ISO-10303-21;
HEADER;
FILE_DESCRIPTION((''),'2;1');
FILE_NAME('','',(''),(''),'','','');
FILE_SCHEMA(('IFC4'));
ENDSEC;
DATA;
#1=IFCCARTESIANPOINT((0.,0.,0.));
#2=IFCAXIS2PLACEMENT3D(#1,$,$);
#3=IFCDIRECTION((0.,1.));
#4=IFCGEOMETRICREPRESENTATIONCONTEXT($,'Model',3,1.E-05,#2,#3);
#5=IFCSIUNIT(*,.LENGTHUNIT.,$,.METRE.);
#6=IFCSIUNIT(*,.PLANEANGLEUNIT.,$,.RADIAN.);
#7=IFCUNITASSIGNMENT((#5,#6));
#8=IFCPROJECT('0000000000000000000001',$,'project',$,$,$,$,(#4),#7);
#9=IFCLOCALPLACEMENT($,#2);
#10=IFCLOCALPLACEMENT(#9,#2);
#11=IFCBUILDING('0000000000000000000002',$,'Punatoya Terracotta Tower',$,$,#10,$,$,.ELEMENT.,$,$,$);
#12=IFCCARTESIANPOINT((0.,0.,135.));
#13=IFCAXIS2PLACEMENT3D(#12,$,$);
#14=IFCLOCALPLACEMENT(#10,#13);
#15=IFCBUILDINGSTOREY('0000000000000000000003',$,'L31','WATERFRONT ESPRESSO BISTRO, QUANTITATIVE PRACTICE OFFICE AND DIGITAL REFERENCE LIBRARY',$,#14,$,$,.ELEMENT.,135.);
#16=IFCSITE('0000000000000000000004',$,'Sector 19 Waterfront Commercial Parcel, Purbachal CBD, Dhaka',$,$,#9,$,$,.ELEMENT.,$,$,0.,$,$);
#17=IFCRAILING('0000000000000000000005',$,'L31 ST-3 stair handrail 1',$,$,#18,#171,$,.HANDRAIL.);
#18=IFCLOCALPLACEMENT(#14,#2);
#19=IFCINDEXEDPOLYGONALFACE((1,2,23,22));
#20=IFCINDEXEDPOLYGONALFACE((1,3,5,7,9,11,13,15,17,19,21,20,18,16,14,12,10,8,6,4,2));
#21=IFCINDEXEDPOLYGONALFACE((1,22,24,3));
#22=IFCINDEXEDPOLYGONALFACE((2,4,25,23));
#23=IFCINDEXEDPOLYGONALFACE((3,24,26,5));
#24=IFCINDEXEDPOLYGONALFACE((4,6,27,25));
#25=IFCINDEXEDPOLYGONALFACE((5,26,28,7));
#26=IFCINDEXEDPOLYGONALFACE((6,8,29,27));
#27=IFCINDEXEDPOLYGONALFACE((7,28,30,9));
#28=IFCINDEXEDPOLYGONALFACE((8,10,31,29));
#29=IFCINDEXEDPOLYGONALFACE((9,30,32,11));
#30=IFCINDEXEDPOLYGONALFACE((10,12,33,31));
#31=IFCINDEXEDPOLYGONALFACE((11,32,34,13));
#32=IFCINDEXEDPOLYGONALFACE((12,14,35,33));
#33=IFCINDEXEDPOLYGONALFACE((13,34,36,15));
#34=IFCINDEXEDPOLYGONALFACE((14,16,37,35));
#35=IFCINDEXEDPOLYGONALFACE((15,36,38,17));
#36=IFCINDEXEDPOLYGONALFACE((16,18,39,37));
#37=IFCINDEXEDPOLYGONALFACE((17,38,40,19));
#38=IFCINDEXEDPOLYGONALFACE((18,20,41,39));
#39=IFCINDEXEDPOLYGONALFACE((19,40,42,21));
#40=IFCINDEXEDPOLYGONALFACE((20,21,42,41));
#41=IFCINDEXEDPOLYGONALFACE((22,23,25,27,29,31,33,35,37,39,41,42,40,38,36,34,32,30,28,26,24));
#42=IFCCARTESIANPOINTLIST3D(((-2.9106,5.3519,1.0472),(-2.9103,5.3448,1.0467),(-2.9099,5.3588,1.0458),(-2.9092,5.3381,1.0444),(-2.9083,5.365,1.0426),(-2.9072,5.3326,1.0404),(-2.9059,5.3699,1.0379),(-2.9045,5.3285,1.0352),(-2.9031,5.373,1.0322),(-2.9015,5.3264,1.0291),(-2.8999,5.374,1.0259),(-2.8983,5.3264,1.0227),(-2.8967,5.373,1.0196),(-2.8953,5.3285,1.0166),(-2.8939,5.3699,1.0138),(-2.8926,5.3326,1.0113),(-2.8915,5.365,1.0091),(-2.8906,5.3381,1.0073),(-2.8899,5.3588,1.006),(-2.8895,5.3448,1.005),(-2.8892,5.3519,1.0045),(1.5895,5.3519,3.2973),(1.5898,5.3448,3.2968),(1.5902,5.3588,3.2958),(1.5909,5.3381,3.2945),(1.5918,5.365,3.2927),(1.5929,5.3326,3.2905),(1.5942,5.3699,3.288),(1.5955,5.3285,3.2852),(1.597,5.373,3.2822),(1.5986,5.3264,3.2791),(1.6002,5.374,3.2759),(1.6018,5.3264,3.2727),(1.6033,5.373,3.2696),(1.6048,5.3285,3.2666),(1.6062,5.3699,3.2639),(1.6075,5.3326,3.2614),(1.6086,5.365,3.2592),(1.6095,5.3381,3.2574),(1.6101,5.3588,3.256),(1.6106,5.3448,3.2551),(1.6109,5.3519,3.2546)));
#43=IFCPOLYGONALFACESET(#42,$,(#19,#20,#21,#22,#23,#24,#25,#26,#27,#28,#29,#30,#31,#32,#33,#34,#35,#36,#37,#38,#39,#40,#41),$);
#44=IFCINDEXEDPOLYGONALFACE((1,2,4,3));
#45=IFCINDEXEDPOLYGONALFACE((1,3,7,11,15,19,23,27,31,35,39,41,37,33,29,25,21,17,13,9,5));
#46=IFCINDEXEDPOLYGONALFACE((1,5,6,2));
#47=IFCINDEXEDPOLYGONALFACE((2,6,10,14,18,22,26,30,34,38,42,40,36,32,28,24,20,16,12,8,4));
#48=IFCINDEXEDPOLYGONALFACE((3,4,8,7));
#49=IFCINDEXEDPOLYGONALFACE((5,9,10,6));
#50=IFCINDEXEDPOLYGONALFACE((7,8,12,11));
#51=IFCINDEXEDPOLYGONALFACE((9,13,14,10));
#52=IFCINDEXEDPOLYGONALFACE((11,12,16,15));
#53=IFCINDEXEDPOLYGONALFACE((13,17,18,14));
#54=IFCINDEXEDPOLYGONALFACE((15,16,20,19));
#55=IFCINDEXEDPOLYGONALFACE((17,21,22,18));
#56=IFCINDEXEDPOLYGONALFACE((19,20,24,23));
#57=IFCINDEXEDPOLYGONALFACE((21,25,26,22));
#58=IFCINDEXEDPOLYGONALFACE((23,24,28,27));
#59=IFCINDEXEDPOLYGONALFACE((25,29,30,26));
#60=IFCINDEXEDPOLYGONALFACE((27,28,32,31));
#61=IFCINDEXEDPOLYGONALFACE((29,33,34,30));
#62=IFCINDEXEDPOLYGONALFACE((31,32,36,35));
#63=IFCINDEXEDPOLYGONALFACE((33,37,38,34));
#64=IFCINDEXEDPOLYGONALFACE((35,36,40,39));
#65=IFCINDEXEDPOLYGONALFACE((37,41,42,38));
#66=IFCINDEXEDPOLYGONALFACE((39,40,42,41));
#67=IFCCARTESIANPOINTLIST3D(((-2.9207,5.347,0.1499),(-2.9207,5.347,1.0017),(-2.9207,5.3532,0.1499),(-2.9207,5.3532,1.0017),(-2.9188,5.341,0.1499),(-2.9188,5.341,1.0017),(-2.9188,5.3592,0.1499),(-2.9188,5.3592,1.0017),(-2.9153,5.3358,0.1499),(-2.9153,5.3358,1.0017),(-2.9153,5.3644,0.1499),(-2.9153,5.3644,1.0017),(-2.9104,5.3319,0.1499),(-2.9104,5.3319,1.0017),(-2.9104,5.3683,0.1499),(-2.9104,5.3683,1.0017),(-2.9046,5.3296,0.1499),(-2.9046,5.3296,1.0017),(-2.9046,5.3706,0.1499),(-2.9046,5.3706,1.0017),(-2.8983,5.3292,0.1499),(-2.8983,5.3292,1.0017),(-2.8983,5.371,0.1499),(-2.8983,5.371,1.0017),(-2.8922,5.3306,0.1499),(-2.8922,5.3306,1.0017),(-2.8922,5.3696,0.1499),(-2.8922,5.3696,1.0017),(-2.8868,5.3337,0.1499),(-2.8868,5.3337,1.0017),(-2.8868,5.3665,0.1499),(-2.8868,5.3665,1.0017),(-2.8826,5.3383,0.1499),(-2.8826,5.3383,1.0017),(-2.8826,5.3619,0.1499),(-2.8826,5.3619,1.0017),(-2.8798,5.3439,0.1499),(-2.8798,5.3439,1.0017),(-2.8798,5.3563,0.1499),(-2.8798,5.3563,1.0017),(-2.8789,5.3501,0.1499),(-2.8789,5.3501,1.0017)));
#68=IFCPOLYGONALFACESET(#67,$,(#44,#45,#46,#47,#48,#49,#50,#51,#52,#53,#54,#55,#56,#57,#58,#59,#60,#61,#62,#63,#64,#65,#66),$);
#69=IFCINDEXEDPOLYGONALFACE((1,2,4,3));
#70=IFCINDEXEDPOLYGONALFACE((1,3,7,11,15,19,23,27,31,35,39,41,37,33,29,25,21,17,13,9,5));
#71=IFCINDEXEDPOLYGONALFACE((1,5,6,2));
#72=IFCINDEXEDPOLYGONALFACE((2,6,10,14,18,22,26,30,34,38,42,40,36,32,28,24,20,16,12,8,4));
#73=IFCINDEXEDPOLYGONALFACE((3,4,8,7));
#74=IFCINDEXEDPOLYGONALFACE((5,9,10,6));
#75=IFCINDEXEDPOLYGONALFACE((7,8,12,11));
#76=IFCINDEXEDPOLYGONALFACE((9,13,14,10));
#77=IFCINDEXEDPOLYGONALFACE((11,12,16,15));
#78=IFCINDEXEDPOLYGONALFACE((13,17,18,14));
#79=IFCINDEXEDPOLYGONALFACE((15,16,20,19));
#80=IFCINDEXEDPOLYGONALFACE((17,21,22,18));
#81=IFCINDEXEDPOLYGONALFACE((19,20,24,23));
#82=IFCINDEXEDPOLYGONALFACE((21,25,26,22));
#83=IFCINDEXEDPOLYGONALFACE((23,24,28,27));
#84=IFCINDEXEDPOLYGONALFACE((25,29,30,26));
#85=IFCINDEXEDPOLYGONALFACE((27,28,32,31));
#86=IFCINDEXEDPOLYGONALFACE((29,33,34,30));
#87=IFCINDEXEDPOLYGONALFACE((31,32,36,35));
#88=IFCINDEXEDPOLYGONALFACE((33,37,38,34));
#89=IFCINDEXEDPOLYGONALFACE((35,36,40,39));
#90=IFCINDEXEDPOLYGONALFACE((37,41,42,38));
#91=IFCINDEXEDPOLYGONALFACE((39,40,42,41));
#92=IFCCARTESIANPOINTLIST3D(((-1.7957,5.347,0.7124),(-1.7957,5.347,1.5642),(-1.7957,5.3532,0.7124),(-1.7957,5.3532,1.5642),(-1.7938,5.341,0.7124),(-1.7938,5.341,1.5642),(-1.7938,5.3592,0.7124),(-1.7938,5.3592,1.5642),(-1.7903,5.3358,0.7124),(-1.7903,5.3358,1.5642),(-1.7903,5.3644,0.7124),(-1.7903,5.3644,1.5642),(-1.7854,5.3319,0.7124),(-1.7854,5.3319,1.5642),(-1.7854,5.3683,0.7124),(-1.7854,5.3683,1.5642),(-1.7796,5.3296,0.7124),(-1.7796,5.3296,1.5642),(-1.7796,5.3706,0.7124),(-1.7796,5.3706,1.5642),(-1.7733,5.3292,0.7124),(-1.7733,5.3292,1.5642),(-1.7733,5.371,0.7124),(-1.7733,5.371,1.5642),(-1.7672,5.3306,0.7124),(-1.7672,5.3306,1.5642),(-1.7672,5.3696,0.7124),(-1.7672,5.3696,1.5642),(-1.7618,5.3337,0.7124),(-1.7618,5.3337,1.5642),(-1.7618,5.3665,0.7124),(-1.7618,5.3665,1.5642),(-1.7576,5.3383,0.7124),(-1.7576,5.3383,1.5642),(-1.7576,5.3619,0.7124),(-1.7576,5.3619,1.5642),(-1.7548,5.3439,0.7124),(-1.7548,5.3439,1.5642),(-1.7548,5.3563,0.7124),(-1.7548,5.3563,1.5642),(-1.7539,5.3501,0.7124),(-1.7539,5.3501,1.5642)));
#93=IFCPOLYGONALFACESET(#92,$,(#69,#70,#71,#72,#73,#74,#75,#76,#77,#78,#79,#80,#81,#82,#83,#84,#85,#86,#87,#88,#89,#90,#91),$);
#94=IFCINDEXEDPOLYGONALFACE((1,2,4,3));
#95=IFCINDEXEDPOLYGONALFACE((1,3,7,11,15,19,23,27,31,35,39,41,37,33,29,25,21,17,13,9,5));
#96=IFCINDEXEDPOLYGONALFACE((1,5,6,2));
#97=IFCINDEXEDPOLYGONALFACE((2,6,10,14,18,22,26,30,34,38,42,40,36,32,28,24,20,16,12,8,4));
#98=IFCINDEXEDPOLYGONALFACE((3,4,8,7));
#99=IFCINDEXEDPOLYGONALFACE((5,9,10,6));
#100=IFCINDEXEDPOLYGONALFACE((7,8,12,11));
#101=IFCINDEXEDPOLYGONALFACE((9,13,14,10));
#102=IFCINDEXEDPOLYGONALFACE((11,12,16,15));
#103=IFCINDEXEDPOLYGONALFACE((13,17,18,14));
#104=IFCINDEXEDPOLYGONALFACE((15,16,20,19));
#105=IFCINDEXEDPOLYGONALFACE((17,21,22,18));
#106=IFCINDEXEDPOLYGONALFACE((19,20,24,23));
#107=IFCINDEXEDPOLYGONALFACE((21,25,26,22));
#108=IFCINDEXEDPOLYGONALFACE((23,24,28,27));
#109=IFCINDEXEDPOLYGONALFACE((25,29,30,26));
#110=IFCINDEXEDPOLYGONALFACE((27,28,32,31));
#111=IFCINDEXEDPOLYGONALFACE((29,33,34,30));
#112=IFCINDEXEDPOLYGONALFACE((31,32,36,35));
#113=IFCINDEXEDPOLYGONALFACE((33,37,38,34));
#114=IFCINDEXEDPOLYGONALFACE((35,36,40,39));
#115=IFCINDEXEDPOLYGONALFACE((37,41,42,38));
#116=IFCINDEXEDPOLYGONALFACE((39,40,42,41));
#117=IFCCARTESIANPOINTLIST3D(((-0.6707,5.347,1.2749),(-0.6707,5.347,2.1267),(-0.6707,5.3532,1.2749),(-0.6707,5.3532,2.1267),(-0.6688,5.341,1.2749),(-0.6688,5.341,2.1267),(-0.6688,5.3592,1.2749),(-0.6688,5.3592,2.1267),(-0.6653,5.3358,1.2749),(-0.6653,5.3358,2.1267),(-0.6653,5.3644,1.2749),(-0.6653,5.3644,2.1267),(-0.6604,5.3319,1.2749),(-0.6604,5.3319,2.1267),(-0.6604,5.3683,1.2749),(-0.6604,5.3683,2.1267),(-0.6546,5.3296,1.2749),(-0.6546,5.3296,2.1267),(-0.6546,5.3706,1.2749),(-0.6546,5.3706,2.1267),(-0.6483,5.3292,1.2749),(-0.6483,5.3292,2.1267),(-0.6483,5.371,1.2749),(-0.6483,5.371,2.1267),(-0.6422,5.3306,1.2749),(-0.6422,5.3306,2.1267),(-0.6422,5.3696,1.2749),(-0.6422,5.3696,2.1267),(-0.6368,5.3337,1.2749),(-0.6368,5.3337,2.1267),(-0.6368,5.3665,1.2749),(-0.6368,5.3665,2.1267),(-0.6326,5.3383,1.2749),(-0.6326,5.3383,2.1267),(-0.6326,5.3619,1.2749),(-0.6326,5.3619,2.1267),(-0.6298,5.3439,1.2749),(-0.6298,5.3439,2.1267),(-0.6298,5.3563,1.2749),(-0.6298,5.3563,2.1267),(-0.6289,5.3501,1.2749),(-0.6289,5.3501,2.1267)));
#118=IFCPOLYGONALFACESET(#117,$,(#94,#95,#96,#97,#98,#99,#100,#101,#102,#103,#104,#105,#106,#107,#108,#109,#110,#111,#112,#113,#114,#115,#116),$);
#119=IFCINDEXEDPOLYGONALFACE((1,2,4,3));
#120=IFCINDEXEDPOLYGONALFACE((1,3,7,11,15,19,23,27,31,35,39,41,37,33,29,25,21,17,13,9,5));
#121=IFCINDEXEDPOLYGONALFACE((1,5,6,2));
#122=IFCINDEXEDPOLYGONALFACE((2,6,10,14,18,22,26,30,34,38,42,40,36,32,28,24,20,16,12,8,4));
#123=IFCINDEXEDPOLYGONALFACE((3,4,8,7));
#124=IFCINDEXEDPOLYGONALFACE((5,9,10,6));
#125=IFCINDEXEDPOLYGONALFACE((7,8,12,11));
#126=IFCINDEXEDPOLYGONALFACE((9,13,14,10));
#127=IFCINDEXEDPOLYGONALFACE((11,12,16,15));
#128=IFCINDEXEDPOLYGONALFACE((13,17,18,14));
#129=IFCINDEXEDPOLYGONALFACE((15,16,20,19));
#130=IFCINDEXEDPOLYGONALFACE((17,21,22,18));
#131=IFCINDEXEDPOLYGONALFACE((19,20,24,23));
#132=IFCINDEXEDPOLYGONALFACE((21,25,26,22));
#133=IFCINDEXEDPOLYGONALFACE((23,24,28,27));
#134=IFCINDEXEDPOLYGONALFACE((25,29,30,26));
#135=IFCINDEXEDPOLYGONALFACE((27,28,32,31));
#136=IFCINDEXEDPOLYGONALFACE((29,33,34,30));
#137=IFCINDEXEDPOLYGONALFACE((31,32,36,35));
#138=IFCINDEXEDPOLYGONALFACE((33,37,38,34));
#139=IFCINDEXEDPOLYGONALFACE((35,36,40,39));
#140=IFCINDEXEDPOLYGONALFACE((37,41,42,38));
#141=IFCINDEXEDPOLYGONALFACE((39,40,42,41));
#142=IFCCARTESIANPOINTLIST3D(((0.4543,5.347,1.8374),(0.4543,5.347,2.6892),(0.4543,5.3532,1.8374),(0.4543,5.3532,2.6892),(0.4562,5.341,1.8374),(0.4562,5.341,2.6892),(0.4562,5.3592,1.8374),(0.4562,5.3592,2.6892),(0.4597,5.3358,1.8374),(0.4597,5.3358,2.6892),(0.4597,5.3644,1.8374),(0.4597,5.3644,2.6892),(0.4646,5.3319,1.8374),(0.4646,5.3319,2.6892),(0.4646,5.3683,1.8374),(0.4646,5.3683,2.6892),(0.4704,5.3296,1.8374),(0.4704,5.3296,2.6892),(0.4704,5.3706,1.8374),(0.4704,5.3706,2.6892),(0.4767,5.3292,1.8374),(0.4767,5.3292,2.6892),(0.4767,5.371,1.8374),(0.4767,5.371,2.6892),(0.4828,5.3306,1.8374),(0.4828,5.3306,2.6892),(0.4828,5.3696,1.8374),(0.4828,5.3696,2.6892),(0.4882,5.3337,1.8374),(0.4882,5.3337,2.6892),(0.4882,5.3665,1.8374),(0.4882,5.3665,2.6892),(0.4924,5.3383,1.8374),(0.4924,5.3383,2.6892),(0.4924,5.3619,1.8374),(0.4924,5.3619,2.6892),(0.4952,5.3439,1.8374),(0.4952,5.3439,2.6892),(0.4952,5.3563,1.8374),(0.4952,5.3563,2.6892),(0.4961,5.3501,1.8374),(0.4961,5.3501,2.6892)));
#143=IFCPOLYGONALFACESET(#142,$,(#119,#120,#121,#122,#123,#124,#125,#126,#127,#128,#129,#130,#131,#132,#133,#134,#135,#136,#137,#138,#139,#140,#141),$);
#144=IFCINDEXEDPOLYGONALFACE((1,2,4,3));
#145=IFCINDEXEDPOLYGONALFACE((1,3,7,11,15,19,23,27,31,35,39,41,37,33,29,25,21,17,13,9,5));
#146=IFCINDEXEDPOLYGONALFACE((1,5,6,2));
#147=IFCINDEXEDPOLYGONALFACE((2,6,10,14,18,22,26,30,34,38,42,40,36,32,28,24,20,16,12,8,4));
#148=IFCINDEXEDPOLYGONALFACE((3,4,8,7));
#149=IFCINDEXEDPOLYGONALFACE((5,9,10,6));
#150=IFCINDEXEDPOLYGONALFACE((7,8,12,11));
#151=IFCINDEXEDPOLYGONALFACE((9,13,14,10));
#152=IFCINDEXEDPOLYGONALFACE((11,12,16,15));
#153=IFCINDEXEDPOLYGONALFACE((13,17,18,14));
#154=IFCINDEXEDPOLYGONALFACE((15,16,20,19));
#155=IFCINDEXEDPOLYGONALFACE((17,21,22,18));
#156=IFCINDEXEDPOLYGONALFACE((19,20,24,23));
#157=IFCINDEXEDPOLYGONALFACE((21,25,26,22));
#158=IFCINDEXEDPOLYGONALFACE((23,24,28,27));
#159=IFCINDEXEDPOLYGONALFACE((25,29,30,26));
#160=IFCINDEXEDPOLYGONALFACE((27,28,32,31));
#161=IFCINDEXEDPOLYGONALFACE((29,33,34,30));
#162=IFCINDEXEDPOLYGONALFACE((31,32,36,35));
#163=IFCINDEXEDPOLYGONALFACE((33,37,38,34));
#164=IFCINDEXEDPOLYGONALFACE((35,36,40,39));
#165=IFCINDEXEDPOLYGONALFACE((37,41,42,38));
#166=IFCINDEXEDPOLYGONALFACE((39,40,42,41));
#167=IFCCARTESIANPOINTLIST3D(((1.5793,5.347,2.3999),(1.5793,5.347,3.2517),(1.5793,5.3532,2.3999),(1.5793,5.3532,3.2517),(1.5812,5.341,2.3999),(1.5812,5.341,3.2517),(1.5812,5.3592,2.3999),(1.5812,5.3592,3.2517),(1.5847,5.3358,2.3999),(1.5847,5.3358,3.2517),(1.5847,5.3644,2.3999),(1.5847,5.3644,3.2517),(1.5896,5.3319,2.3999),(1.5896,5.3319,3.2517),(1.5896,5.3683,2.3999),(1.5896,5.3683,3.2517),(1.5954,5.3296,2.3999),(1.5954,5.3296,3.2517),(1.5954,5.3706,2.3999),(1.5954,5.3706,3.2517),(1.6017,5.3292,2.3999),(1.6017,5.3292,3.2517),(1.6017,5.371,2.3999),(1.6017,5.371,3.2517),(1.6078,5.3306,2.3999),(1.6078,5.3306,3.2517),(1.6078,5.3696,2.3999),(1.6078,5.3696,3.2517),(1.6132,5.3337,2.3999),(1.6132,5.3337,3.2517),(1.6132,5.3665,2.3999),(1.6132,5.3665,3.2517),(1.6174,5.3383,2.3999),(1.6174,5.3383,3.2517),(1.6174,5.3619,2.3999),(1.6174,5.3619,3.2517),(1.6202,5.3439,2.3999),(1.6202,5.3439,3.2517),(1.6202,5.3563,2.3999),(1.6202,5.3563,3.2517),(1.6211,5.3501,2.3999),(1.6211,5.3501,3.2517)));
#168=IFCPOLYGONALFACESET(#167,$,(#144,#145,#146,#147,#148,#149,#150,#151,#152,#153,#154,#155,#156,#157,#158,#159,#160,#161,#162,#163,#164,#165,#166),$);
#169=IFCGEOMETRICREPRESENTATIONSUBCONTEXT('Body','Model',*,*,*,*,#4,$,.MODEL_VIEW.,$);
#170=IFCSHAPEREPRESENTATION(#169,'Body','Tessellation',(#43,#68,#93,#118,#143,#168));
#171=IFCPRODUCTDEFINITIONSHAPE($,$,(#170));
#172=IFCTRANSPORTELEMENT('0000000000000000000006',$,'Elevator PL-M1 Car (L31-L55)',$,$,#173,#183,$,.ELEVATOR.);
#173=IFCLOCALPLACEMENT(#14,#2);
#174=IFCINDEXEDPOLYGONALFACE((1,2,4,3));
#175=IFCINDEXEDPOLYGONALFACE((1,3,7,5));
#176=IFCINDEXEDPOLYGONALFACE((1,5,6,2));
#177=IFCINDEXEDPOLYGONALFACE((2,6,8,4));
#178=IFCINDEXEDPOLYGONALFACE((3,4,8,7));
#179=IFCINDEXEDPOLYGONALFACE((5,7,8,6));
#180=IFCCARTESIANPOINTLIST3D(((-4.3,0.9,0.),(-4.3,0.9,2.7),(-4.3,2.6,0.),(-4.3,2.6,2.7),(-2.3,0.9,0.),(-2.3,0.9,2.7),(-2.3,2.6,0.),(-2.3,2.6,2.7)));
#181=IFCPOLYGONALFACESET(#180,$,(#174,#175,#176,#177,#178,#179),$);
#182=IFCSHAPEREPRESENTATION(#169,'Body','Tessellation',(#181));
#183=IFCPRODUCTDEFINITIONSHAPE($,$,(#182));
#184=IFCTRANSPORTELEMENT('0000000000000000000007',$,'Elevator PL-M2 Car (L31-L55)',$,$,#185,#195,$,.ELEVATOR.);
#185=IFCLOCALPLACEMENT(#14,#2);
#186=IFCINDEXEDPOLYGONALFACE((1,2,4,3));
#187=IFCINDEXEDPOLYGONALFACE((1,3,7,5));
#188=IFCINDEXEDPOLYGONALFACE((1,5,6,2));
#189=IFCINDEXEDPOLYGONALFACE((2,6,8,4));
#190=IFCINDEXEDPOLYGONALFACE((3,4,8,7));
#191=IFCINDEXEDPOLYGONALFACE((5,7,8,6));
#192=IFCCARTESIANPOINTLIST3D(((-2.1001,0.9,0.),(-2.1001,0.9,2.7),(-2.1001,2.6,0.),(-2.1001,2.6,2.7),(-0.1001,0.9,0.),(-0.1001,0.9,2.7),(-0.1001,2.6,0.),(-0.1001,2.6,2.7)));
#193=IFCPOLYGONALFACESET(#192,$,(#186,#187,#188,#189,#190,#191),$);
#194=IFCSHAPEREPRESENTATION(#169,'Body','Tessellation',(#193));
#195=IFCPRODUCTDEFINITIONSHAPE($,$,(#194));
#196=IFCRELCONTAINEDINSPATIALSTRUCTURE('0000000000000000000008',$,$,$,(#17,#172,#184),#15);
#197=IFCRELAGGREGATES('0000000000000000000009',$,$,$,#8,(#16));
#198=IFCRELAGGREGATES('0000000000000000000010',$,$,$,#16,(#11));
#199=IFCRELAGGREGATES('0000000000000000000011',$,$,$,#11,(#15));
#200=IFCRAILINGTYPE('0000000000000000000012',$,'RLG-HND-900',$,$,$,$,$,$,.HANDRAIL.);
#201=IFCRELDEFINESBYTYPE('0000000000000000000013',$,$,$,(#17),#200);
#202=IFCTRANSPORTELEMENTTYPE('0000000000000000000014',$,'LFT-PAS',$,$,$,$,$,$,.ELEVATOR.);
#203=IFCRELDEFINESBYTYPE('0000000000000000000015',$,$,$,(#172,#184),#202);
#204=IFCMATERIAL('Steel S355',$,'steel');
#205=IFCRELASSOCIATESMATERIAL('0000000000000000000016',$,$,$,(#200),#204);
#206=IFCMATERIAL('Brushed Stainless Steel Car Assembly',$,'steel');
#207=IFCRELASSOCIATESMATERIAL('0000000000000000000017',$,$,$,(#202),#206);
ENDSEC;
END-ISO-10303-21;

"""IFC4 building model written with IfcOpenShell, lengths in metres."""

from ifc_helpers import new_model, si_unit, direction, frame, origin, origin_2d, place, context, subcontext, project, spatial, rectangle, circle, extrude, material, type_object, element, save


model = new_model("IFC4")

# Units and contexts
model_context = context("Model", 3, precision=1e-05, world=origin(), true_north=direction((0.0, 1.0)))
body_context = subcontext(model_context, "Body", "Model", "MODEL_VIEW")
ifc_project = project(units=[si_unit("LENGTHUNIT", "METRE"), si_unit("PLANEANGLEUNIT", "RADIAN")], contexts=[model_context])

# Site, building, storey
site_placement = place(None, origin())
site = spatial("IfcSite", under=ifc_project, at=site_placement, Name="Sector 19 Waterfront Commercial Parcel, Purbachal CBD, Dhaka", CompositionType="ELEMENT", RefElevation=0.0)
building_placement = place(site_placement, origin())
building = spatial("IfcBuilding", under=site, at=building_placement, Name="Punatoya Terracotta Tower", CompositionType="ELEMENT")
storey_placement = place(building_placement, frame((0.0, 0.0, 135.0)))
storey = spatial("IfcBuildingStorey", under=building, at=storey_placement, Name="L31", Description="WATERFRONT ESPRESSO BISTRO, QUANTITATIVE PRACTICE OFFICE AND DIGITAL REFERENCE LIBRARY", CompositionType="ELEMENT", Elevation=135.0)

# Shared definitions
ifc_material_1 = material(Name="Steel S355", Category="steel")

# Railing
railing_type_1 = type_object("IfcRailingType", Name="RLG-HND-900", PredefinedType="HANDRAIL", material=ifc_material_1)
railing_1_placement = place(storey_placement, frame((-2.8999, 5.3501, 0.1499)))
element("IfcRailing", 1, at=railing_1_placement, inside=storey, type_object=railing_type_1, Name="L31 ST-3 stair handrail 1", PredefinedType="HANDRAIL", context=body_context, shape_type="SweptSolid", body=[
    extrude(circle(Radius=0.0239, at=origin_2d()), frame((0.0, 0.0, 0.876), z_axis=(0.894427, 0.0, 0.447214), x_axis=(0.0, 1.0, 0.0)), (0.0, 0.0, 1.0), 5.0312),
    extrude(circle(Radius=0.021, at=origin_2d()), origin(), (0.0, 0.0, 1.0), 0.8518),
    extrude(circle(Radius=0.021, at=origin_2d()), frame((1.125, 0.0, 0.5625)), (0.0, 0.0, 1.0), 0.8518),
    extrude(circle(Radius=0.021, at=origin_2d()), frame((2.25, 0.0, 1.125)), (0.0, 0.0, 1.0), 0.8518),
    extrude(circle(Radius=0.021, at=origin_2d()), frame((3.375, 0.0, 1.6875)), (0.0, 0.0, 1.0), 0.8518),
    extrude(circle(Radius=0.021, at=origin_2d()), frame((4.5, 0.0, 2.25)), (0.0, 0.0, 1.0), 0.8518),
])

# Transport elements
ifc_material_2 = material(Name="Brushed Stainless Steel Car Assembly", Category="steel")
transport_element_type = type_object("IfcTransportElementType", Name="LFT-PAS", PredefinedType="ELEVATOR", material=ifc_material_2)
for number, where, z_axis, x_axis, name in (
    (2, (-3.3, 1.75, 0.0), (0.0, 0.0, 1.0), (1.0, 0.0, 0.0), "Elevator PL-M1 Car (L31-L55)"),
    (3, (-1.1001, 1.75, 0.0), (0.0, 0.0, 1.0), (1.0, 0.0, 0.0), "Elevator PL-M2 Car (L31-L55)"),
):
    element("IfcTransportElement", number, at=place(storey_placement, frame(where, z_axis=z_axis, x_axis=x_axis)), inside=storey, type_object=transport_element_type, Name=name, PredefinedType="ELEVATOR", context=body_context, shape_type="SweptSolid", body=[
        extrude(rectangle(XDim=2.0, YDim=1.7, at=origin_2d()), origin(), (0.0, 0.0, 1.0), 2.7),
    ])

save(model, "model.ifc")
